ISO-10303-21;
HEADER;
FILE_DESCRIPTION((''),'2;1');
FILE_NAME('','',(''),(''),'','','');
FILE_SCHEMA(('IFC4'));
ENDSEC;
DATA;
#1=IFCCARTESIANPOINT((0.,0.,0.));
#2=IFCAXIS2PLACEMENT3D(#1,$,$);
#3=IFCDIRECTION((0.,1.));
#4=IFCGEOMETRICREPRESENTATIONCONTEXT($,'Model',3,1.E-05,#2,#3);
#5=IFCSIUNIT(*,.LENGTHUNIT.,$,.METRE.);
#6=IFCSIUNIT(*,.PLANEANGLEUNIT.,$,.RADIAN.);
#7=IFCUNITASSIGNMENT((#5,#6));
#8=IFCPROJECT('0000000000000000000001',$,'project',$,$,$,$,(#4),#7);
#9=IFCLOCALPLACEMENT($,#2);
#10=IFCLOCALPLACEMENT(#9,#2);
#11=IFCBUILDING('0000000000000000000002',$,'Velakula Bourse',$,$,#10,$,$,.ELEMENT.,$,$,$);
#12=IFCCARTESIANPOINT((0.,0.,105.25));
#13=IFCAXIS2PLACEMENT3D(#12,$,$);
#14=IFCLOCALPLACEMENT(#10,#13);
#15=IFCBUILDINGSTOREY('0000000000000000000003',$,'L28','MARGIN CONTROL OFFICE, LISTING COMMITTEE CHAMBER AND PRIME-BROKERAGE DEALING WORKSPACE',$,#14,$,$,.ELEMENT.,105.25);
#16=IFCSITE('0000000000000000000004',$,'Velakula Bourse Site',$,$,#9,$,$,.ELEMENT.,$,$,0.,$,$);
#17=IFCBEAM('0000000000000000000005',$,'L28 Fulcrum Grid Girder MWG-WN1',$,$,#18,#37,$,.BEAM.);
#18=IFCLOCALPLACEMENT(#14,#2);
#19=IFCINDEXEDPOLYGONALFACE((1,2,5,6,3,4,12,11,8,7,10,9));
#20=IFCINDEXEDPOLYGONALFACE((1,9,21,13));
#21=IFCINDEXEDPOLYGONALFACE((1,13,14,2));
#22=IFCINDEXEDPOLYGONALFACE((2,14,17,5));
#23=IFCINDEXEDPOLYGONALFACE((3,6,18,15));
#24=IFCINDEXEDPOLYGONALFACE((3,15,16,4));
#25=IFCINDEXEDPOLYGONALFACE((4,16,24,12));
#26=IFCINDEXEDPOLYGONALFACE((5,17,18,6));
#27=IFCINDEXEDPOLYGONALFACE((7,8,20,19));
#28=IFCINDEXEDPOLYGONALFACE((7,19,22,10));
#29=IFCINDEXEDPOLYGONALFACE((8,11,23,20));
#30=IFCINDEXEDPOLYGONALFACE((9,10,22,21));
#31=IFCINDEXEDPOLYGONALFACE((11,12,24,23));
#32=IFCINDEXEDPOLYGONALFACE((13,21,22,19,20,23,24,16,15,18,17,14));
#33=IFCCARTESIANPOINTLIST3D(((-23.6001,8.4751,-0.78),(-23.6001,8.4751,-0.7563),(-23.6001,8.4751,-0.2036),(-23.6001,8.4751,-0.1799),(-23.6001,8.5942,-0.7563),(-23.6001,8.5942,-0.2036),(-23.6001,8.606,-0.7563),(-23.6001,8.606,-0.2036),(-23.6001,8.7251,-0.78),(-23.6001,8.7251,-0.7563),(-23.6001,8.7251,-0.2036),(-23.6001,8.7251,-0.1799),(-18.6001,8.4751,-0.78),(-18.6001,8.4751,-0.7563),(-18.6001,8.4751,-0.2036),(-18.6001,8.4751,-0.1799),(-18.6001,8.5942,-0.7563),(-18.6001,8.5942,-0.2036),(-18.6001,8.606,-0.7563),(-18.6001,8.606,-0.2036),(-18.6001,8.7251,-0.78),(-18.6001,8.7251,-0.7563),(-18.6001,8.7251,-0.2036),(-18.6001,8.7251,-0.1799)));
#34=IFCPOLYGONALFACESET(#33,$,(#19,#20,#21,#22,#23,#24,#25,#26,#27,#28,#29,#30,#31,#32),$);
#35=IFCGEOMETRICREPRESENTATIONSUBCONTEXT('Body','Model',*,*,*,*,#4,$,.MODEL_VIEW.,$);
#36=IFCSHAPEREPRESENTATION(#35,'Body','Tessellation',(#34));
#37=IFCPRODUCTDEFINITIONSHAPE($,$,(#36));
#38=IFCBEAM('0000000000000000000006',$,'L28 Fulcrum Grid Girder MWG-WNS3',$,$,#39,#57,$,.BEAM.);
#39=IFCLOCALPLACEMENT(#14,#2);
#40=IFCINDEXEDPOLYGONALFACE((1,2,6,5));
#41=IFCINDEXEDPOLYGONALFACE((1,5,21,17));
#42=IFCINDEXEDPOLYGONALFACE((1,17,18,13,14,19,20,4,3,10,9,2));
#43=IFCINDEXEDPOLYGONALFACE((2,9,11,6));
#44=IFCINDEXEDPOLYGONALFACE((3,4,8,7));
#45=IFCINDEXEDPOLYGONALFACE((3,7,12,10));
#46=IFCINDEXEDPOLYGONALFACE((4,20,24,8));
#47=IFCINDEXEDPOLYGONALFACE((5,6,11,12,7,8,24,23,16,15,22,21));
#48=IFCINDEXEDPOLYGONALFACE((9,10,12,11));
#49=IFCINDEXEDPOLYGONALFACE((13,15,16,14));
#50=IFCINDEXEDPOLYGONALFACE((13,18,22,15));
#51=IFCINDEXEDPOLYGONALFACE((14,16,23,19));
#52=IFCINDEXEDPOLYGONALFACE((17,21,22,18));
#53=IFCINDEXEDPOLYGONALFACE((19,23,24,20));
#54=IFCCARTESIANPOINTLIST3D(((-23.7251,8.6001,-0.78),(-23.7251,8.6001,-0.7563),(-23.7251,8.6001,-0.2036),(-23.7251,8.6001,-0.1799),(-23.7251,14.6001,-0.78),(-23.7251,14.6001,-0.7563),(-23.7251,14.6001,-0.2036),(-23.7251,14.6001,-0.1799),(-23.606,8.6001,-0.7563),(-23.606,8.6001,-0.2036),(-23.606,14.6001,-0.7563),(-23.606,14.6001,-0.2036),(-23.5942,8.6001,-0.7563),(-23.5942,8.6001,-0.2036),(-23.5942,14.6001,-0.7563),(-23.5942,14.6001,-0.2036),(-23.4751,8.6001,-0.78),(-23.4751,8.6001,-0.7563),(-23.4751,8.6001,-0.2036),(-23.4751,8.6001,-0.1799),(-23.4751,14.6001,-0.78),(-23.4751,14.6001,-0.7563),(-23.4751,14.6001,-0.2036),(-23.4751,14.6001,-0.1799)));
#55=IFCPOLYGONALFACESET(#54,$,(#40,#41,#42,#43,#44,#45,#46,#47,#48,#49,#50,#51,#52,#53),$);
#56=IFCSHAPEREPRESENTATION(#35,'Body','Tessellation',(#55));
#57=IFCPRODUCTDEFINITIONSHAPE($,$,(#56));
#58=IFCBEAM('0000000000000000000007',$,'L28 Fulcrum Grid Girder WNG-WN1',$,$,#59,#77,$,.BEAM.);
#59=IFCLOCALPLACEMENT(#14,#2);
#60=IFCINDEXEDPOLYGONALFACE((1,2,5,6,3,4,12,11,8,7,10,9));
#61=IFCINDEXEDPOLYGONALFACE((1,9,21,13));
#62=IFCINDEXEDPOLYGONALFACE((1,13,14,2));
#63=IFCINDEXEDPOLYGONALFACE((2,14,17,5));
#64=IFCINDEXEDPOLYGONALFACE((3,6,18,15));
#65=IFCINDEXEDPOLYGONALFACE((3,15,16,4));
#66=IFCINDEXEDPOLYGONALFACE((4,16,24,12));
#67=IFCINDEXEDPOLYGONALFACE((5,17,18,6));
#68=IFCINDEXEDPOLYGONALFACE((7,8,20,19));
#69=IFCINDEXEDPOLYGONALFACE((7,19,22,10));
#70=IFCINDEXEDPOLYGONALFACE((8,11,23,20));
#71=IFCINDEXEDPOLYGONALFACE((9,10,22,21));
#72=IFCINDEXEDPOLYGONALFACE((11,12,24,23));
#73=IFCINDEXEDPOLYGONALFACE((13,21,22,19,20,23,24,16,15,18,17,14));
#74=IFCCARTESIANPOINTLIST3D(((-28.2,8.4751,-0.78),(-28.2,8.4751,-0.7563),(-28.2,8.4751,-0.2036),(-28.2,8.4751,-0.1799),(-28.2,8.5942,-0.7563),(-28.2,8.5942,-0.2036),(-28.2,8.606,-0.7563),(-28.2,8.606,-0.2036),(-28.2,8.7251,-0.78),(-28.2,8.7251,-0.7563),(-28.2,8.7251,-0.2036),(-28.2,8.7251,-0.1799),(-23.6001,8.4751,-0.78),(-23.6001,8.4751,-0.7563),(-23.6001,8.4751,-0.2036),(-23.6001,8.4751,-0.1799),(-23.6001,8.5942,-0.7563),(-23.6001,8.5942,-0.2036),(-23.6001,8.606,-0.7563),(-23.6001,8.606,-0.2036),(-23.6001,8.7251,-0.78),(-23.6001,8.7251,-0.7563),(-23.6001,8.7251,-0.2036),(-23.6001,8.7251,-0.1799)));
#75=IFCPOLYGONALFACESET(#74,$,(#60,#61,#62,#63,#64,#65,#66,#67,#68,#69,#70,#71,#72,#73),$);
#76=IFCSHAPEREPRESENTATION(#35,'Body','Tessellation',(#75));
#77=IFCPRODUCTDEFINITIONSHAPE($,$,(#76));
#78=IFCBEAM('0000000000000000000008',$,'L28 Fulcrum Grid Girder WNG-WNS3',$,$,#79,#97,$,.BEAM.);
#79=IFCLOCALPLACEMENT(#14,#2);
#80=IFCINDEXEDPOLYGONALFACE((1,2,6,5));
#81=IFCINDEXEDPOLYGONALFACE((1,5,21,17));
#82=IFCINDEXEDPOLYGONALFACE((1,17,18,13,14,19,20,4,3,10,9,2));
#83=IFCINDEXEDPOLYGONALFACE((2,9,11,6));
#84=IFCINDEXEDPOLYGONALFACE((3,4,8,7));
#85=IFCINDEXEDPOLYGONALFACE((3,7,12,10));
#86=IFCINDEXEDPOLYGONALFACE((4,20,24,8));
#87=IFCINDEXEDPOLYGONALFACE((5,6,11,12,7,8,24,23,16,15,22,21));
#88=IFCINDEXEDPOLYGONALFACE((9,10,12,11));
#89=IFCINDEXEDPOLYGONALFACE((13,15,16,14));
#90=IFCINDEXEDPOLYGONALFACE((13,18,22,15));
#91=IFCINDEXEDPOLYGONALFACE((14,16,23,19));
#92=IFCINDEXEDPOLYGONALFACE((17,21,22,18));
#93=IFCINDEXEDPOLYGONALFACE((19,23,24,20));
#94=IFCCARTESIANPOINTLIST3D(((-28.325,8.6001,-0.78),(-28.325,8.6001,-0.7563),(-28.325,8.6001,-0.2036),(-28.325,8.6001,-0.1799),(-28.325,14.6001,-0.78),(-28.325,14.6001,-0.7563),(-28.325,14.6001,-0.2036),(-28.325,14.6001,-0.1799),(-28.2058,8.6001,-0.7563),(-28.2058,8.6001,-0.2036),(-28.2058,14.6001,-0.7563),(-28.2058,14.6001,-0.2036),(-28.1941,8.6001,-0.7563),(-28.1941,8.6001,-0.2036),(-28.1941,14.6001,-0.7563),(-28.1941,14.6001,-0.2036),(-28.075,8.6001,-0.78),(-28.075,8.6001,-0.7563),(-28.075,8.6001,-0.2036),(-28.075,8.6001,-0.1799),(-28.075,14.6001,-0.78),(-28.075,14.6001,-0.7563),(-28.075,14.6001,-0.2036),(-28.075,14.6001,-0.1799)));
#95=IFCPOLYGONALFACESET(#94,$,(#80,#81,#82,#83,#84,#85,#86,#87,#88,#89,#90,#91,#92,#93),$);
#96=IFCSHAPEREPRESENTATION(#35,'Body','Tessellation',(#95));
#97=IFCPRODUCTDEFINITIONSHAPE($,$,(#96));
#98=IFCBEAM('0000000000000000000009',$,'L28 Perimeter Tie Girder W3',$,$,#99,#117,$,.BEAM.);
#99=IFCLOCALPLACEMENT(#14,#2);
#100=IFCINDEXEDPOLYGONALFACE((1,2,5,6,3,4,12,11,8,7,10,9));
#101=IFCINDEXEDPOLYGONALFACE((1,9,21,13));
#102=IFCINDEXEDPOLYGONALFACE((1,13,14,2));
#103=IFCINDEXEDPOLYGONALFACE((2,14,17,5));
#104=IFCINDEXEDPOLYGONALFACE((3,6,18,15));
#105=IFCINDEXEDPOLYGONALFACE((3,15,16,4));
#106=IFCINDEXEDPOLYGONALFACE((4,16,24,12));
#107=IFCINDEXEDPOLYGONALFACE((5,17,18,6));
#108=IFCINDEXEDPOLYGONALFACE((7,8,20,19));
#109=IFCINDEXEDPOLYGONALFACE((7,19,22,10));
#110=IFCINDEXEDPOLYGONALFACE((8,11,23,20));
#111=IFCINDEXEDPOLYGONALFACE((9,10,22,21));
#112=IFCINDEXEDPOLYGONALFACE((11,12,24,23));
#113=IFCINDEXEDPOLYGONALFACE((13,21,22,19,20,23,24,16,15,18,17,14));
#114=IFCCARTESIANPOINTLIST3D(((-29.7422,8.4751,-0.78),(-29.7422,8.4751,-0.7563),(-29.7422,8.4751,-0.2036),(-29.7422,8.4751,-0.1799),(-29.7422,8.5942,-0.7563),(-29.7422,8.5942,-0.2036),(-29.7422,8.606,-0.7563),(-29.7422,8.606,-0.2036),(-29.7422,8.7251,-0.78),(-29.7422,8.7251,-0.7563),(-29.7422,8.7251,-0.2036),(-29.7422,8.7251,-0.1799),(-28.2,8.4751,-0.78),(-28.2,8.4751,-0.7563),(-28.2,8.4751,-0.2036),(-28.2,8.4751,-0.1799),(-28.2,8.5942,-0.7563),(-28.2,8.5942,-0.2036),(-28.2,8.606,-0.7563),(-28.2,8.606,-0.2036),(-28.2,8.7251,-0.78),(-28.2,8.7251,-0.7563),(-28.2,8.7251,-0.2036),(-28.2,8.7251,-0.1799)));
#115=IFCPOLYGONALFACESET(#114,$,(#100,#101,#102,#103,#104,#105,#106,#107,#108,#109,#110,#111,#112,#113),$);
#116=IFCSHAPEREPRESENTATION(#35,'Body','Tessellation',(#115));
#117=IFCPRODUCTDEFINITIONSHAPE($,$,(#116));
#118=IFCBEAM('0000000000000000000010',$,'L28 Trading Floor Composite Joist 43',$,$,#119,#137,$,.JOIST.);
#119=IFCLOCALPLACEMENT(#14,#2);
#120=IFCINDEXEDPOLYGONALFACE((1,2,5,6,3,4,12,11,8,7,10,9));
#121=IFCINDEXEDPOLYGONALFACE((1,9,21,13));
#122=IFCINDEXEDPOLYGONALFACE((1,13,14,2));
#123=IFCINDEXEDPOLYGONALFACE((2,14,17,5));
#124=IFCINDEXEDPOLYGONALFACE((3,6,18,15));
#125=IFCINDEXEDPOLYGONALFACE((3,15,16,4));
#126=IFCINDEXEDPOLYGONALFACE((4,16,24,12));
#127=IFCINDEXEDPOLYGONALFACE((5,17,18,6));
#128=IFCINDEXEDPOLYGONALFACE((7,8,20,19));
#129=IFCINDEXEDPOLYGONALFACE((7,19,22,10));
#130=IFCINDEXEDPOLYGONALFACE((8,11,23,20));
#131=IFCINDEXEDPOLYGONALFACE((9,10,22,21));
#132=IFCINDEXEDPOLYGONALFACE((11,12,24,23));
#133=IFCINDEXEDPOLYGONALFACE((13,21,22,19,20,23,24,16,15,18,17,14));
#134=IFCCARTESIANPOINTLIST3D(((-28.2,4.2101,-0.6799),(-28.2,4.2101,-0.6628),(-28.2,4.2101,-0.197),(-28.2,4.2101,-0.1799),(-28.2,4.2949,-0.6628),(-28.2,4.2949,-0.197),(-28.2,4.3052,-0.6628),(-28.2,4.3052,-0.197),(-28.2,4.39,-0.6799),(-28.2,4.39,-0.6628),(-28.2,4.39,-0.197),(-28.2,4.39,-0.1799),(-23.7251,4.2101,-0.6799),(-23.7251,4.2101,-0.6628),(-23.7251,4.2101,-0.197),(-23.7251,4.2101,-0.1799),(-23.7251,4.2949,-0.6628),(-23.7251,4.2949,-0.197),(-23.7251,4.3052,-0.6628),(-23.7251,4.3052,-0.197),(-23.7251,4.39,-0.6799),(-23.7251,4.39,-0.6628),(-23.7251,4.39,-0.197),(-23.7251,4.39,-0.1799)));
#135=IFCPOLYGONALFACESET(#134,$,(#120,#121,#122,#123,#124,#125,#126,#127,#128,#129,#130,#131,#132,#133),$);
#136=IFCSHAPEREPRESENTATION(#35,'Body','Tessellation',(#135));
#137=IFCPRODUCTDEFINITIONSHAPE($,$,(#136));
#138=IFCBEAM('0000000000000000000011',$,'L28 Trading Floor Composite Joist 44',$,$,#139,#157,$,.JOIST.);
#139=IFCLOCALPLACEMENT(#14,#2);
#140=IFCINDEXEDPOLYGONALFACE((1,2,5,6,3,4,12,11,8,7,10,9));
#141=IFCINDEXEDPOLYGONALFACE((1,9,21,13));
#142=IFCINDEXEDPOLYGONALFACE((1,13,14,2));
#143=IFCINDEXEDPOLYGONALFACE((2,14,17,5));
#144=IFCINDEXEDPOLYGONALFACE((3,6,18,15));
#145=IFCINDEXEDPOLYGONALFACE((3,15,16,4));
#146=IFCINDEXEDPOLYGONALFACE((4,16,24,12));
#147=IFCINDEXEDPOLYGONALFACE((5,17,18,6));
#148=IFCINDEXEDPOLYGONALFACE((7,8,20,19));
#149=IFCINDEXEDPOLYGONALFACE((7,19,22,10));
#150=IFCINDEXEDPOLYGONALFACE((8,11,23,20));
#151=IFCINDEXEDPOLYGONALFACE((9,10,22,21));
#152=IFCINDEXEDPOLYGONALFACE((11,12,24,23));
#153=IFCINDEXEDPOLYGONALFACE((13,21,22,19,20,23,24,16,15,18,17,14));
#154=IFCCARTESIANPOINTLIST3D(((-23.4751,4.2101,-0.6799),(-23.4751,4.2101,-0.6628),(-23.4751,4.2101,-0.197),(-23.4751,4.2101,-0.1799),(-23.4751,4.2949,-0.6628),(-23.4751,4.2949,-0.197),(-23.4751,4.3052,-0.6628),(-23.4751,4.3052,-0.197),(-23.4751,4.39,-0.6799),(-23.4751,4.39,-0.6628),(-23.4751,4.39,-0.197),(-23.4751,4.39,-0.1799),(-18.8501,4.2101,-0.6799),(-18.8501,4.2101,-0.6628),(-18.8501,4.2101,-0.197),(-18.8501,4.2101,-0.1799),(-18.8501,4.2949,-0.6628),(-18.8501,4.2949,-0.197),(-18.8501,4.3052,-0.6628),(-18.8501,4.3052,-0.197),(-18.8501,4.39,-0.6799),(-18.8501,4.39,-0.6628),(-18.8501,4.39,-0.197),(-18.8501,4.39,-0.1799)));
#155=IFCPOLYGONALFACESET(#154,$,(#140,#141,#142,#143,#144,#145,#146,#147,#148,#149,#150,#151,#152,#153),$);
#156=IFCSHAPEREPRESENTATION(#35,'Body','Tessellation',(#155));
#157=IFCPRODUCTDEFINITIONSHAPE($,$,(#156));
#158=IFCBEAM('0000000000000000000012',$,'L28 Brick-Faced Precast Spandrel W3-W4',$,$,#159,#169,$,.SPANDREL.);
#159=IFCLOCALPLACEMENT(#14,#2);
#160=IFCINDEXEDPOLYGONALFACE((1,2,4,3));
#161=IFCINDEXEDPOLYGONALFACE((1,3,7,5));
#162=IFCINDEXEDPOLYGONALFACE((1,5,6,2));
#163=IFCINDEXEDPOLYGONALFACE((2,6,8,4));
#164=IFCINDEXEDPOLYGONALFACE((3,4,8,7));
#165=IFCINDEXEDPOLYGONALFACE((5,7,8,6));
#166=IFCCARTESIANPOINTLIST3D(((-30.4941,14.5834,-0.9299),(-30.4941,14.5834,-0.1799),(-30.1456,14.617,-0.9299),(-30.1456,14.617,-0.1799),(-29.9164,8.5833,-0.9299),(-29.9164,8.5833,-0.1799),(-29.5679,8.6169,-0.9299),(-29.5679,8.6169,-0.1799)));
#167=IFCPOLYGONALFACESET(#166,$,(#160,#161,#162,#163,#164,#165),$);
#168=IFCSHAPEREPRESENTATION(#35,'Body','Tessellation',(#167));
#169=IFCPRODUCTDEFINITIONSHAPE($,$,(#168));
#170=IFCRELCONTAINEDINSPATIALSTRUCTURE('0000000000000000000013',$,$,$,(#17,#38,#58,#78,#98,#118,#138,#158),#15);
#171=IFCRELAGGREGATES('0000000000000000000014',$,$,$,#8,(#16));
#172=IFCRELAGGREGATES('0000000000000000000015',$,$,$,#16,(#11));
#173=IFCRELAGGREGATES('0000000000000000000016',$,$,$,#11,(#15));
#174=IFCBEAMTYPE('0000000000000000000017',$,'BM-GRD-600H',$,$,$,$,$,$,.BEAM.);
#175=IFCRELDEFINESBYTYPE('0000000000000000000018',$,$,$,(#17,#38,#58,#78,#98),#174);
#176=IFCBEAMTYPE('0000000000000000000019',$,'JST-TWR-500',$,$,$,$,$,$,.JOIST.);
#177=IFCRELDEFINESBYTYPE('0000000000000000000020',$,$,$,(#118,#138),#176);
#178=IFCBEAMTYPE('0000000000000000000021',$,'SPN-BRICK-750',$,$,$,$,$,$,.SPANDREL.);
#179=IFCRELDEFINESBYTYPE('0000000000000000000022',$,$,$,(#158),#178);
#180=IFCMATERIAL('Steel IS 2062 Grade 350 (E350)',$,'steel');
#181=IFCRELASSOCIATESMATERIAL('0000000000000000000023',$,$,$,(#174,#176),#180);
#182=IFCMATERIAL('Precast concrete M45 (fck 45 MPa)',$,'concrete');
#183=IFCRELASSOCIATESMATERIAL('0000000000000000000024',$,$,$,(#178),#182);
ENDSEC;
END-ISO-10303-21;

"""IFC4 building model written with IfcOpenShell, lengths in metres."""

from ifc_helpers import new_model, si_unit, direction, frame, origin, origin_2d, place, context, subcontext, project, spatial, rectangle, i_section, extrude, material, material_profile, profile_set, type_object, element, save


model = new_model("IFC4")

# Units and contexts
model_context = context("Model", 3, precision=1e-05, world=origin(), true_north=direction((0.0, 1.0)))
body_context = subcontext(model_context, "Body", "Model", "MODEL_VIEW")
ifc_project = project(units=[si_unit("LENGTHUNIT", "METRE"), si_unit("PLANEANGLEUNIT", "RADIAN")], contexts=[model_context])

# Site, building, storey
site_placement = place(None, origin())
site = spatial("IfcSite", under=ifc_project, at=site_placement, Name="Velakula Bourse Site", CompositionType="ELEMENT", RefElevation=0.0)
building_placement = place(site_placement, origin())
building = spatial("IfcBuilding", under=site, at=building_placement, Name="Velakula Bourse", CompositionType="ELEMENT")
storey_placement = place(building_placement, frame((0.0, 0.0, 105.25)))
storey = spatial("IfcBuildingStorey", under=building, at=storey_placement, Name="L28", Description="MARGIN CONTROL OFFICE, LISTING COMMITTEE CHAMBER AND PRIME-BROKERAGE DEALING WORKSPACE", CompositionType="ELEMENT", Elevation=105.25)

# Beams
ifc_material_1 = material(Name="Steel IS 2062 Grade 350 (E350)", Category="steel")
ifc_material_profile_1 = material_profile(ifc_material_1, i_section(OverallWidth=0.25, OverallDepth=0.6001, WebThickness=0.0117, FlangeThickness=0.0237, at=origin_2d()), Name="Steel IS 2062 Grade 350 (E350)")
ifc_profile_set_1 = profile_set([ifc_material_profile_1], Name="Steel IS 2062 Grade 350 (E350)")
beam_type_1 = type_object("IfcBeamType", Name="BM-GRD-600H", PredefinedType="BEAM", material=ifc_profile_set_1)
beam_1_placement = place(storey_placement, frame((-23.6001, 8.6001, -0.48), z_axis=(1.0, 0.0, 0.0), x_axis=(0.0, 1.0, 0.0)))
element("IfcBeam", 1, at=beam_1_placement, inside=storey, type_object=beam_type_1, Name="L28 Fulcrum Grid Girder MWG-WN1", PredefinedType="BEAM", context=body_context, shape_type="SweptSolid", body=[
    extrude(i_section(OverallWidth=0.25, OverallDepth=0.6001, WebThickness=0.0117, FlangeThickness=0.0237, at=origin_2d()), origin(), (0.0, 0.0, 1.0), 5.0),
])
beam_2_placement = place(storey_placement, frame((-23.6001, 8.6001, -0.48), z_axis=(0.0, 1.0, 0.0), x_axis=(-1.0, 0.0, 0.0)))
element("IfcBeam", 2, at=beam_2_placement, inside=storey, type_object=beam_type_1, Name="L28 Fulcrum Grid Girder MWG-WNS3", PredefinedType="BEAM", context=body_context, shape_type="SweptSolid", body=[
    extrude(i_section(OverallWidth=0.25, OverallDepth=0.6001, WebThickness=0.0117, FlangeThickness=0.0237, at=origin_2d()), origin(), (0.0, 0.0, 1.0), 6.0),
])
beam_3_placement = place(storey_placement, frame((-28.2, 8.6001, -0.48), z_axis=(1.0, 0.0, 0.0), x_axis=(0.0, 1.0, 0.0)))
element("IfcBeam", 3, at=beam_3_placement, inside=storey, type_object=beam_type_1, Name="L28 Fulcrum Grid Girder WNG-WN1", PredefinedType="BEAM", context=body_context, shape_type="SweptSolid", body=[
    extrude(i_section(OverallWidth=0.25, OverallDepth=0.6001, WebThickness=0.0117, FlangeThickness=0.0237, at=origin_2d()), origin(), (0.0, 0.0, 1.0), 4.5999),
])
beam_4_placement = place(storey_placement, frame((-28.2, 8.6001, -0.48), z_axis=(0.0, 1.0, 0.0), x_axis=(-1.0, 0.0, 0.0)))
element("IfcBeam", 4, at=beam_4_placement, inside=storey, type_object=beam_type_1, Name="L28 Fulcrum Grid Girder WNG-WNS3", PredefinedType="BEAM", context=body_context, shape_type="SweptSolid", body=[
    extrude(i_section(OverallWidth=0.25, OverallDepth=0.6001, WebThickness=0.0117, FlangeThickness=0.0237, at=origin_2d()), origin(), (0.0, 0.0, 1.0), 6.0),
])
beam_5_placement = place(storey_placement, frame((-28.2, 8.6001, -0.48), z_axis=(-1.0, 0.0, 0.0), x_axis=(0.0, -1.0, 0.0)))
element("IfcBeam", 5, at=beam_5_placement, inside=storey, type_object=beam_type_1, Name="L28 Perimeter Tie Girder W3", PredefinedType="BEAM", context=body_context, shape_type="SweptSolid", body=[
    extrude(i_section(OverallWidth=0.25, OverallDepth=0.6001, WebThickness=0.0117, FlangeThickness=0.0237, at=origin_2d()), origin(), (0.0, 0.0, 1.0), 1.5422),
])
ifc_material_profile_2 = material_profile(ifc_material_1, i_section(OverallWidth=0.1799, OverallDepth=0.5, WebThickness=0.0103, FlangeThickness=0.0171, at=origin_2d()), Name="Steel IS 2062 Grade 350 (E350)")
ifc_profile_set_2 = profile_set([ifc_material_profile_2], Name="Steel IS 2062 Grade 350 (E350)")
beam_type_2 = type_object("IfcBeamType", Name="JST-TWR-500", PredefinedType="JOIST", material=ifc_profile_set_2)
beam_6_placement = place(storey_placement, frame((-28.2, 4.3, -0.4299), z_axis=(1.0, 0.0, 0.0), x_axis=(0.0, 1.0, 0.0)))
element("IfcBeam", 6, at=beam_6_placement, inside=storey, type_object=beam_type_2, Name="L28 Trading Floor Composite Joist 43", PredefinedType="JOIST", context=body_context, shape_type="SweptSolid", body=[
    extrude(i_section(OverallWidth=0.1799, OverallDepth=0.5, WebThickness=0.0103, FlangeThickness=0.0171, at=origin_2d()), origin(), (0.0, 0.0, 1.0), 4.4749),
])
beam_7_placement = place(storey_placement, frame((-23.4751, 4.3, -0.4299), z_axis=(1.0, 0.0, 0.0), x_axis=(0.0, 1.0, 0.0)))
element("IfcBeam", 7, at=beam_7_placement, inside=storey, type_object=beam_type_2, Name="L28 Trading Floor Composite Joist 44", PredefinedType="JOIST", context=body_context, shape_type="SweptSolid", body=[
    extrude(i_section(OverallWidth=0.1799, OverallDepth=0.5, WebThickness=0.0103, FlangeThickness=0.0171, at=origin_2d()), origin(), (0.0, 0.0, 1.0), 4.625),
])
ifc_material_2 = material(Name="Precast concrete M45 (fck 45 MPa)", Category="concrete")
ifc_material_profile_3 = material_profile(ifc_material_2, rectangle(XDim=0.3501, YDim=0.75, at=origin_2d()), Name="Precast concrete M45 (fck 45 MPa)")
ifc_profile_set_3 = profile_set([ifc_material_profile_3], Name="Precast concrete M45 (fck 45 MPa)")
beam_type_3 = type_object("IfcBeamType", Name="SPN-BRICK-750", PredefinedType="SPANDREL", material=ifc_profile_set_3)
beam_8_placement = place(storey_placement, frame((-29.7422, 8.6001, -0.5549), z_axis=(-0.09583, 0.995398, 0.0), x_axis=(-0.995398, -0.09583, 0.0)))
element("IfcBeam", 8, at=beam_8_placement, inside=storey, type_object=beam_type_3, Name="L28 Brick-Faced Precast Spandrel W3-W4", PredefinedType="SPANDREL", context=body_context, shape_type="SweptSolid", body=[
    extrude(rectangle(XDim=0.3501, YDim=0.75, at=origin_2d()), origin(), (0.0, 0.0, 1.0), 6.0278),
])

save(model, "model.ifc")
